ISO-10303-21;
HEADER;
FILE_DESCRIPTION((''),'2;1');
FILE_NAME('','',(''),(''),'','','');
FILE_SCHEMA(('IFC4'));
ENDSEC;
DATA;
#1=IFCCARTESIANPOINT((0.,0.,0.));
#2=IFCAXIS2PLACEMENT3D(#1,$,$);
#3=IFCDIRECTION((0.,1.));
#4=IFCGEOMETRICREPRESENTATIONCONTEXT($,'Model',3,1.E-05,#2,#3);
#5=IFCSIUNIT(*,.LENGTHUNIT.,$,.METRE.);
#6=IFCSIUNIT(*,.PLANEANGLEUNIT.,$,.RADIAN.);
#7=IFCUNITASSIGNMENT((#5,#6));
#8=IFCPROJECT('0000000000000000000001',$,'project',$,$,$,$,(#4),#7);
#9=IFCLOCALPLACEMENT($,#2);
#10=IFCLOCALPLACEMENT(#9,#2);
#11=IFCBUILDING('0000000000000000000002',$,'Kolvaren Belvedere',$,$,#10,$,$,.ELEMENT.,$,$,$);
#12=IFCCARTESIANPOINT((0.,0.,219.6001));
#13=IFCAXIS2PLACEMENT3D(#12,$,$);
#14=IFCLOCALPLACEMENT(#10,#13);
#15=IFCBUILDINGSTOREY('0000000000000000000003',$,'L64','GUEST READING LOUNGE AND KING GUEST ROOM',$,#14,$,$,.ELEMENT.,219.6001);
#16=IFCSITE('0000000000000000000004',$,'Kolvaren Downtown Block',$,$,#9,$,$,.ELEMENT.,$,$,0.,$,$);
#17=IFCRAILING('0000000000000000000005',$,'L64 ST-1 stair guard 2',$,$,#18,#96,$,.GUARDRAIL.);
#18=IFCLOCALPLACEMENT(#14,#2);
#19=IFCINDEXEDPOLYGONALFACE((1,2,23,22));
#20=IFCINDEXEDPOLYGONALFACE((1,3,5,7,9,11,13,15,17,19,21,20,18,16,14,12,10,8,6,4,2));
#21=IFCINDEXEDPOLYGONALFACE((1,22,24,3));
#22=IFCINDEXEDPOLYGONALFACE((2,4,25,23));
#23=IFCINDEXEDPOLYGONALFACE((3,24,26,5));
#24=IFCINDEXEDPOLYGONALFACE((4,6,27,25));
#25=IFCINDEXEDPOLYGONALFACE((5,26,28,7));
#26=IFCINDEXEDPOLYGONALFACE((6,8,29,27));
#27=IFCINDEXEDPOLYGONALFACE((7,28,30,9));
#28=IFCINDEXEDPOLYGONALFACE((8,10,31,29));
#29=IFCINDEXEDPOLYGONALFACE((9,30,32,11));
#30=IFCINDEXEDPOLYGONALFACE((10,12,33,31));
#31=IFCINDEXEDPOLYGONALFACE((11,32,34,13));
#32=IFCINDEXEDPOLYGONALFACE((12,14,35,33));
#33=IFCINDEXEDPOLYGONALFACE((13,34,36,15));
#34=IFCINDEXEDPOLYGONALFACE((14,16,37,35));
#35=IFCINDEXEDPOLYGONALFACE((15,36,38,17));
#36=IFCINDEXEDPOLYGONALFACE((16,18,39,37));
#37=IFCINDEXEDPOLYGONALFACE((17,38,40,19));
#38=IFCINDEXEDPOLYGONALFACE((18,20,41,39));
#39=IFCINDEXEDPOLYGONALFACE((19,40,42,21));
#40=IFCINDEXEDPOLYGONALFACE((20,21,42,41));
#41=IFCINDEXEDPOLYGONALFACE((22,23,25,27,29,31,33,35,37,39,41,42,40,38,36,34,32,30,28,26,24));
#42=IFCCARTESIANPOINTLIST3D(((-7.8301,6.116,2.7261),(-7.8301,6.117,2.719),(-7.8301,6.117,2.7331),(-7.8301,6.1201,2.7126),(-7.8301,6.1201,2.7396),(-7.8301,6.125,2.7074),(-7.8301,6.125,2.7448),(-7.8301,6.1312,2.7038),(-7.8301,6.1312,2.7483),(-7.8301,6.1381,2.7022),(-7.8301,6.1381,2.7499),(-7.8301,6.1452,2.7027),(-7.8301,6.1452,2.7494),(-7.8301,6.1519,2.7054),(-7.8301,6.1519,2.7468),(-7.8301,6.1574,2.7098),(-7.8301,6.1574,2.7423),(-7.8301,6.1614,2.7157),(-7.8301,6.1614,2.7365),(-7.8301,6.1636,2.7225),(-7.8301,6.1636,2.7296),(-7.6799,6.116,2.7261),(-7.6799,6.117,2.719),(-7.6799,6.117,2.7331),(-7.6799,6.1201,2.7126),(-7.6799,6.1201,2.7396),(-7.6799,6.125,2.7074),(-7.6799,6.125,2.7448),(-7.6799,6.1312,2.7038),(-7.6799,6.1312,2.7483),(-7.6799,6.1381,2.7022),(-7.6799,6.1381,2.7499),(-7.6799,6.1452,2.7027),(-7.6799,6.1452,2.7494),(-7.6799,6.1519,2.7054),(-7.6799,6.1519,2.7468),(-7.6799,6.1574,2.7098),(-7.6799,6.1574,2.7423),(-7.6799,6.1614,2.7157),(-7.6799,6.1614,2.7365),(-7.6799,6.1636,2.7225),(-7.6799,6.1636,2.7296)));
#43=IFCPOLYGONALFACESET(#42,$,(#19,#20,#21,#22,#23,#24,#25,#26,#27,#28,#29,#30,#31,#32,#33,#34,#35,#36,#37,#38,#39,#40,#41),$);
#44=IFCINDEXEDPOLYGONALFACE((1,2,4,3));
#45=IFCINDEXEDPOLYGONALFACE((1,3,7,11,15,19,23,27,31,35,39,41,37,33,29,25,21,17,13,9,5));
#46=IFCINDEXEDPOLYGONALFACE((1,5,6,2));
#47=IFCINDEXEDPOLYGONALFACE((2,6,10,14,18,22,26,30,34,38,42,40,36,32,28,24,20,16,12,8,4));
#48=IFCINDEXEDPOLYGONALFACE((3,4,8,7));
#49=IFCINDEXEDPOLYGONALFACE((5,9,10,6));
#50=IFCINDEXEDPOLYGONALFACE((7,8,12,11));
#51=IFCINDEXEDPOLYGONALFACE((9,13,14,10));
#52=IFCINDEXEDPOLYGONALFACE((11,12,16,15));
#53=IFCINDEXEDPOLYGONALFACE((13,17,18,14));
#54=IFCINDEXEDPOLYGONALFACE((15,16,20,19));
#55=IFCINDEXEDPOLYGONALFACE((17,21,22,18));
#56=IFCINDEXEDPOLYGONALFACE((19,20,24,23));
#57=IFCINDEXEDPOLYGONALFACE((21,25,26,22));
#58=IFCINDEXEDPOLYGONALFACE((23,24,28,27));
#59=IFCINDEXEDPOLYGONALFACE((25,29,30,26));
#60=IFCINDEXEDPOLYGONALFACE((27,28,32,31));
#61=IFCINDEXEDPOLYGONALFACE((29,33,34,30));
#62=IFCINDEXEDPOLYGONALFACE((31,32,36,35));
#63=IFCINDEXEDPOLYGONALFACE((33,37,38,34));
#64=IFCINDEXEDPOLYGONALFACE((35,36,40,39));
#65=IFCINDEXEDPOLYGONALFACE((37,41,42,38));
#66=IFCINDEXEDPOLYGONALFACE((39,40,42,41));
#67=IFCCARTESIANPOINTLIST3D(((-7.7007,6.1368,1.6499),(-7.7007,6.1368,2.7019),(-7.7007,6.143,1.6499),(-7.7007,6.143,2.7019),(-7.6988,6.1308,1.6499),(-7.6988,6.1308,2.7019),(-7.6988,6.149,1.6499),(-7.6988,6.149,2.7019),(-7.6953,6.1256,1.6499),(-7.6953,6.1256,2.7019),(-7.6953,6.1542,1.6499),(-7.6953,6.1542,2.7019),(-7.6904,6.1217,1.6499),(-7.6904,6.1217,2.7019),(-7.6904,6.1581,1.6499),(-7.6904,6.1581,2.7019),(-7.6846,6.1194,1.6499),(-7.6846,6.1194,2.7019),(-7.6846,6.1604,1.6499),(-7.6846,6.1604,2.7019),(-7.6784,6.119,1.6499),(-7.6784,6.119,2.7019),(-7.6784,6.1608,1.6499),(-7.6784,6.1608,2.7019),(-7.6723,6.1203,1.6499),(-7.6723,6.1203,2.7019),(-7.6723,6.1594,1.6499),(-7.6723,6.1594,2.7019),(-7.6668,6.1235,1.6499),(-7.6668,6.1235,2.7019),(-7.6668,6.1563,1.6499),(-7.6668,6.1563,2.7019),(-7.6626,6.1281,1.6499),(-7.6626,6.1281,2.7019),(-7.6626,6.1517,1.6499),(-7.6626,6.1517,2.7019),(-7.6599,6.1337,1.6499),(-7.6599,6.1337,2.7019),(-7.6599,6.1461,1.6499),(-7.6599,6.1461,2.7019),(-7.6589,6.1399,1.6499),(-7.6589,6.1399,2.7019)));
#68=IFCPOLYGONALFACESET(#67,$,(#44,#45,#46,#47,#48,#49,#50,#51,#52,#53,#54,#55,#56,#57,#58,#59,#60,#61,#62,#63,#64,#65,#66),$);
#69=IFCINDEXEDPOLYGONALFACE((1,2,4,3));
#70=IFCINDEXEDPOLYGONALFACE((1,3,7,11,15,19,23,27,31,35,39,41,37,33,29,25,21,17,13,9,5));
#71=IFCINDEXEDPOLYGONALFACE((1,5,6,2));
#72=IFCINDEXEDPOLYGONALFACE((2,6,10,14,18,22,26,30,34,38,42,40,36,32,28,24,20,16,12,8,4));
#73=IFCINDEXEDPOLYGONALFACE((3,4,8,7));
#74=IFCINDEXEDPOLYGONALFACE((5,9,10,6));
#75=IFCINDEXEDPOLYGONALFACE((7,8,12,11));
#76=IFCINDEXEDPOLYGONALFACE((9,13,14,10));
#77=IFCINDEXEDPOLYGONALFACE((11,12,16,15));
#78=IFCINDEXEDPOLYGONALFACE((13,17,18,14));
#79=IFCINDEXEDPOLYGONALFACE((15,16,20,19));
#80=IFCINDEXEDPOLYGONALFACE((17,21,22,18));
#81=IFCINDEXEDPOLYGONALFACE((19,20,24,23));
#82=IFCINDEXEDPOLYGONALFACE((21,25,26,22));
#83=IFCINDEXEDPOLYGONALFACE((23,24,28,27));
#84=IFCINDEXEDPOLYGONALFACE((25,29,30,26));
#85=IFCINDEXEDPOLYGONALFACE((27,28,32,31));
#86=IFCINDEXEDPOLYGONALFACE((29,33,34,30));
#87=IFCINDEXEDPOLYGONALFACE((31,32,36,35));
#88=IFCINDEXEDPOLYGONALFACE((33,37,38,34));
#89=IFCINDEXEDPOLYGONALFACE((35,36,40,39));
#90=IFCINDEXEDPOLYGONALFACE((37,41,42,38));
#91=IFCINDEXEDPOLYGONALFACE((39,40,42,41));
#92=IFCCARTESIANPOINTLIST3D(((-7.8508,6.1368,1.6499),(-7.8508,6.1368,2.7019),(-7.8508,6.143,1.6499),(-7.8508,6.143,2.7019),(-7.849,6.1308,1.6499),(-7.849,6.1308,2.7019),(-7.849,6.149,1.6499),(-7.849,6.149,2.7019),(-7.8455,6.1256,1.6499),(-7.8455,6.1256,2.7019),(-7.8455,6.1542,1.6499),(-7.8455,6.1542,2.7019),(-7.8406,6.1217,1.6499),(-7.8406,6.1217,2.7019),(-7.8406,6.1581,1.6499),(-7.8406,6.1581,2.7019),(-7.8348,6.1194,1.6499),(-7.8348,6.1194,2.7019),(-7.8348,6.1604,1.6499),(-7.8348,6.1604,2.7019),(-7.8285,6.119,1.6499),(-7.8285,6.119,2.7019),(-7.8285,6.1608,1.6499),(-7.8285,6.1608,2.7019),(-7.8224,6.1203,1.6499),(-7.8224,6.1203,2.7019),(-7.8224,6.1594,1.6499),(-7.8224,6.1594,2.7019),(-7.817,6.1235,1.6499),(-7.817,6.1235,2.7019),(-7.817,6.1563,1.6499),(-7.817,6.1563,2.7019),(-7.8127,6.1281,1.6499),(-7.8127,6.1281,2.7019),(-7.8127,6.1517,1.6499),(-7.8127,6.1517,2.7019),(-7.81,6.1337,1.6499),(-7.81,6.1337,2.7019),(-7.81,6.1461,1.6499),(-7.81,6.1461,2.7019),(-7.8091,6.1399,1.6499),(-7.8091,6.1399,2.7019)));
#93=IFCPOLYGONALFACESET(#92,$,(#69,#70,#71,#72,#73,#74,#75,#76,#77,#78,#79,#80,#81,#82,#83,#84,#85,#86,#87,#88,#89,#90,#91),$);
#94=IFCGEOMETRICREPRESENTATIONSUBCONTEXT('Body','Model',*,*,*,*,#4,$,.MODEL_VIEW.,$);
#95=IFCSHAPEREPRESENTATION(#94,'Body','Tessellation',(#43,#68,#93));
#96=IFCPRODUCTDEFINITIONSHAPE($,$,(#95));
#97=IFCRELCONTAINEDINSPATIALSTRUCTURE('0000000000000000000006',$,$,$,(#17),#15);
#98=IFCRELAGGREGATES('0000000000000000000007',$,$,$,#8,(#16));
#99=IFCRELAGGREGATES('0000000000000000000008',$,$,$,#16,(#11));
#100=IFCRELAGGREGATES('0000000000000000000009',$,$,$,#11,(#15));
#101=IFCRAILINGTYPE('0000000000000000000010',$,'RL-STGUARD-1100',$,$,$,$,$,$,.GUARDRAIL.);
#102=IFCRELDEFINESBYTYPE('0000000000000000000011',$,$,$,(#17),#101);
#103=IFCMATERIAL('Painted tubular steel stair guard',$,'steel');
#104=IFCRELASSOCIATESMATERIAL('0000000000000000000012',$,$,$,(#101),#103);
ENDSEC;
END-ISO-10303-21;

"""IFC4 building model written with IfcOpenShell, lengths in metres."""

from ifc_helpers import new_model, si_unit, direction, frame, origin, origin_2d, place, context, subcontext, project, spatial, circle, extrude, material, type_object, element, save


model = new_model("IFC4")

# Units and contexts
model_context = context("Model", 3, precision=1e-05, world=origin(), true_north=direction((0.0, 1.0)))
body_context = subcontext(model_context, "Body", "Model", "MODEL_VIEW")
ifc_project = project(units=[si_unit("LENGTHUNIT", "METRE"), si_unit("PLANEANGLEUNIT", "RADIAN")], contexts=[model_context])

# Site, building, storey
site_placement = place(None, origin())
site = spatial("IfcSite", under=ifc_project, at=site_placement, Name="Kolvaren Downtown Block", CompositionType="ELEMENT", RefElevation=0.0)
building_placement = place(site_placement, origin())
building = spatial("IfcBuilding", under=site, at=building_placement, Name="Kolvaren Belvedere", CompositionType="ELEMENT")
storey_placement = place(building_placement, frame((0.0, 0.0, 219.6001)))
storey = spatial("IfcBuildingStorey", under=building, at=storey_placement, Name="L64", Description="GUEST READING LOUNGE AND KING GUEST ROOM", CompositionType="ELEMENT", Elevation=219.6001)

# Railing
ifc_material_1 = material(Name="Painted tubular steel stair guard", Category="steel")
railing_type_1 = type_object("IfcRailingType", Name="RL-STGUARD-1100", PredefinedType="GUARDRAIL", material=ifc_material_1)
railing_1_placement = place(storey_placement, frame((-7.6799, 6.1399, 1.6499)))
element("IfcRailing", 1, at=railing_1_placement, inside=storey, type_object=railing_type_1, Name="L64 ST-1 stair guard 2", PredefinedType="GUARDRAIL", context=body_context, shape_type="SweptSolid", body=[
    extrude(circle(Radius=0.0239, at=origin_2d()), frame((0.0, 0.0, 1.0762), z_axis=(-1.0, 0.0, 0.0), x_axis=(0.0, -1.0, 0.0)), (0.0, 0.0, 1.0), 0.1501),
    extrude(circle(Radius=0.021, at=origin_2d()), origin(), (0.0, 0.0, 1.0), 1.052),
    extrude(circle(Radius=0.021, at=origin_2d()), frame((-0.1501, 0.0, 0.0)), (0.0, 0.0, 1.0), 1.052),
])

save(model, "model.ifc")
